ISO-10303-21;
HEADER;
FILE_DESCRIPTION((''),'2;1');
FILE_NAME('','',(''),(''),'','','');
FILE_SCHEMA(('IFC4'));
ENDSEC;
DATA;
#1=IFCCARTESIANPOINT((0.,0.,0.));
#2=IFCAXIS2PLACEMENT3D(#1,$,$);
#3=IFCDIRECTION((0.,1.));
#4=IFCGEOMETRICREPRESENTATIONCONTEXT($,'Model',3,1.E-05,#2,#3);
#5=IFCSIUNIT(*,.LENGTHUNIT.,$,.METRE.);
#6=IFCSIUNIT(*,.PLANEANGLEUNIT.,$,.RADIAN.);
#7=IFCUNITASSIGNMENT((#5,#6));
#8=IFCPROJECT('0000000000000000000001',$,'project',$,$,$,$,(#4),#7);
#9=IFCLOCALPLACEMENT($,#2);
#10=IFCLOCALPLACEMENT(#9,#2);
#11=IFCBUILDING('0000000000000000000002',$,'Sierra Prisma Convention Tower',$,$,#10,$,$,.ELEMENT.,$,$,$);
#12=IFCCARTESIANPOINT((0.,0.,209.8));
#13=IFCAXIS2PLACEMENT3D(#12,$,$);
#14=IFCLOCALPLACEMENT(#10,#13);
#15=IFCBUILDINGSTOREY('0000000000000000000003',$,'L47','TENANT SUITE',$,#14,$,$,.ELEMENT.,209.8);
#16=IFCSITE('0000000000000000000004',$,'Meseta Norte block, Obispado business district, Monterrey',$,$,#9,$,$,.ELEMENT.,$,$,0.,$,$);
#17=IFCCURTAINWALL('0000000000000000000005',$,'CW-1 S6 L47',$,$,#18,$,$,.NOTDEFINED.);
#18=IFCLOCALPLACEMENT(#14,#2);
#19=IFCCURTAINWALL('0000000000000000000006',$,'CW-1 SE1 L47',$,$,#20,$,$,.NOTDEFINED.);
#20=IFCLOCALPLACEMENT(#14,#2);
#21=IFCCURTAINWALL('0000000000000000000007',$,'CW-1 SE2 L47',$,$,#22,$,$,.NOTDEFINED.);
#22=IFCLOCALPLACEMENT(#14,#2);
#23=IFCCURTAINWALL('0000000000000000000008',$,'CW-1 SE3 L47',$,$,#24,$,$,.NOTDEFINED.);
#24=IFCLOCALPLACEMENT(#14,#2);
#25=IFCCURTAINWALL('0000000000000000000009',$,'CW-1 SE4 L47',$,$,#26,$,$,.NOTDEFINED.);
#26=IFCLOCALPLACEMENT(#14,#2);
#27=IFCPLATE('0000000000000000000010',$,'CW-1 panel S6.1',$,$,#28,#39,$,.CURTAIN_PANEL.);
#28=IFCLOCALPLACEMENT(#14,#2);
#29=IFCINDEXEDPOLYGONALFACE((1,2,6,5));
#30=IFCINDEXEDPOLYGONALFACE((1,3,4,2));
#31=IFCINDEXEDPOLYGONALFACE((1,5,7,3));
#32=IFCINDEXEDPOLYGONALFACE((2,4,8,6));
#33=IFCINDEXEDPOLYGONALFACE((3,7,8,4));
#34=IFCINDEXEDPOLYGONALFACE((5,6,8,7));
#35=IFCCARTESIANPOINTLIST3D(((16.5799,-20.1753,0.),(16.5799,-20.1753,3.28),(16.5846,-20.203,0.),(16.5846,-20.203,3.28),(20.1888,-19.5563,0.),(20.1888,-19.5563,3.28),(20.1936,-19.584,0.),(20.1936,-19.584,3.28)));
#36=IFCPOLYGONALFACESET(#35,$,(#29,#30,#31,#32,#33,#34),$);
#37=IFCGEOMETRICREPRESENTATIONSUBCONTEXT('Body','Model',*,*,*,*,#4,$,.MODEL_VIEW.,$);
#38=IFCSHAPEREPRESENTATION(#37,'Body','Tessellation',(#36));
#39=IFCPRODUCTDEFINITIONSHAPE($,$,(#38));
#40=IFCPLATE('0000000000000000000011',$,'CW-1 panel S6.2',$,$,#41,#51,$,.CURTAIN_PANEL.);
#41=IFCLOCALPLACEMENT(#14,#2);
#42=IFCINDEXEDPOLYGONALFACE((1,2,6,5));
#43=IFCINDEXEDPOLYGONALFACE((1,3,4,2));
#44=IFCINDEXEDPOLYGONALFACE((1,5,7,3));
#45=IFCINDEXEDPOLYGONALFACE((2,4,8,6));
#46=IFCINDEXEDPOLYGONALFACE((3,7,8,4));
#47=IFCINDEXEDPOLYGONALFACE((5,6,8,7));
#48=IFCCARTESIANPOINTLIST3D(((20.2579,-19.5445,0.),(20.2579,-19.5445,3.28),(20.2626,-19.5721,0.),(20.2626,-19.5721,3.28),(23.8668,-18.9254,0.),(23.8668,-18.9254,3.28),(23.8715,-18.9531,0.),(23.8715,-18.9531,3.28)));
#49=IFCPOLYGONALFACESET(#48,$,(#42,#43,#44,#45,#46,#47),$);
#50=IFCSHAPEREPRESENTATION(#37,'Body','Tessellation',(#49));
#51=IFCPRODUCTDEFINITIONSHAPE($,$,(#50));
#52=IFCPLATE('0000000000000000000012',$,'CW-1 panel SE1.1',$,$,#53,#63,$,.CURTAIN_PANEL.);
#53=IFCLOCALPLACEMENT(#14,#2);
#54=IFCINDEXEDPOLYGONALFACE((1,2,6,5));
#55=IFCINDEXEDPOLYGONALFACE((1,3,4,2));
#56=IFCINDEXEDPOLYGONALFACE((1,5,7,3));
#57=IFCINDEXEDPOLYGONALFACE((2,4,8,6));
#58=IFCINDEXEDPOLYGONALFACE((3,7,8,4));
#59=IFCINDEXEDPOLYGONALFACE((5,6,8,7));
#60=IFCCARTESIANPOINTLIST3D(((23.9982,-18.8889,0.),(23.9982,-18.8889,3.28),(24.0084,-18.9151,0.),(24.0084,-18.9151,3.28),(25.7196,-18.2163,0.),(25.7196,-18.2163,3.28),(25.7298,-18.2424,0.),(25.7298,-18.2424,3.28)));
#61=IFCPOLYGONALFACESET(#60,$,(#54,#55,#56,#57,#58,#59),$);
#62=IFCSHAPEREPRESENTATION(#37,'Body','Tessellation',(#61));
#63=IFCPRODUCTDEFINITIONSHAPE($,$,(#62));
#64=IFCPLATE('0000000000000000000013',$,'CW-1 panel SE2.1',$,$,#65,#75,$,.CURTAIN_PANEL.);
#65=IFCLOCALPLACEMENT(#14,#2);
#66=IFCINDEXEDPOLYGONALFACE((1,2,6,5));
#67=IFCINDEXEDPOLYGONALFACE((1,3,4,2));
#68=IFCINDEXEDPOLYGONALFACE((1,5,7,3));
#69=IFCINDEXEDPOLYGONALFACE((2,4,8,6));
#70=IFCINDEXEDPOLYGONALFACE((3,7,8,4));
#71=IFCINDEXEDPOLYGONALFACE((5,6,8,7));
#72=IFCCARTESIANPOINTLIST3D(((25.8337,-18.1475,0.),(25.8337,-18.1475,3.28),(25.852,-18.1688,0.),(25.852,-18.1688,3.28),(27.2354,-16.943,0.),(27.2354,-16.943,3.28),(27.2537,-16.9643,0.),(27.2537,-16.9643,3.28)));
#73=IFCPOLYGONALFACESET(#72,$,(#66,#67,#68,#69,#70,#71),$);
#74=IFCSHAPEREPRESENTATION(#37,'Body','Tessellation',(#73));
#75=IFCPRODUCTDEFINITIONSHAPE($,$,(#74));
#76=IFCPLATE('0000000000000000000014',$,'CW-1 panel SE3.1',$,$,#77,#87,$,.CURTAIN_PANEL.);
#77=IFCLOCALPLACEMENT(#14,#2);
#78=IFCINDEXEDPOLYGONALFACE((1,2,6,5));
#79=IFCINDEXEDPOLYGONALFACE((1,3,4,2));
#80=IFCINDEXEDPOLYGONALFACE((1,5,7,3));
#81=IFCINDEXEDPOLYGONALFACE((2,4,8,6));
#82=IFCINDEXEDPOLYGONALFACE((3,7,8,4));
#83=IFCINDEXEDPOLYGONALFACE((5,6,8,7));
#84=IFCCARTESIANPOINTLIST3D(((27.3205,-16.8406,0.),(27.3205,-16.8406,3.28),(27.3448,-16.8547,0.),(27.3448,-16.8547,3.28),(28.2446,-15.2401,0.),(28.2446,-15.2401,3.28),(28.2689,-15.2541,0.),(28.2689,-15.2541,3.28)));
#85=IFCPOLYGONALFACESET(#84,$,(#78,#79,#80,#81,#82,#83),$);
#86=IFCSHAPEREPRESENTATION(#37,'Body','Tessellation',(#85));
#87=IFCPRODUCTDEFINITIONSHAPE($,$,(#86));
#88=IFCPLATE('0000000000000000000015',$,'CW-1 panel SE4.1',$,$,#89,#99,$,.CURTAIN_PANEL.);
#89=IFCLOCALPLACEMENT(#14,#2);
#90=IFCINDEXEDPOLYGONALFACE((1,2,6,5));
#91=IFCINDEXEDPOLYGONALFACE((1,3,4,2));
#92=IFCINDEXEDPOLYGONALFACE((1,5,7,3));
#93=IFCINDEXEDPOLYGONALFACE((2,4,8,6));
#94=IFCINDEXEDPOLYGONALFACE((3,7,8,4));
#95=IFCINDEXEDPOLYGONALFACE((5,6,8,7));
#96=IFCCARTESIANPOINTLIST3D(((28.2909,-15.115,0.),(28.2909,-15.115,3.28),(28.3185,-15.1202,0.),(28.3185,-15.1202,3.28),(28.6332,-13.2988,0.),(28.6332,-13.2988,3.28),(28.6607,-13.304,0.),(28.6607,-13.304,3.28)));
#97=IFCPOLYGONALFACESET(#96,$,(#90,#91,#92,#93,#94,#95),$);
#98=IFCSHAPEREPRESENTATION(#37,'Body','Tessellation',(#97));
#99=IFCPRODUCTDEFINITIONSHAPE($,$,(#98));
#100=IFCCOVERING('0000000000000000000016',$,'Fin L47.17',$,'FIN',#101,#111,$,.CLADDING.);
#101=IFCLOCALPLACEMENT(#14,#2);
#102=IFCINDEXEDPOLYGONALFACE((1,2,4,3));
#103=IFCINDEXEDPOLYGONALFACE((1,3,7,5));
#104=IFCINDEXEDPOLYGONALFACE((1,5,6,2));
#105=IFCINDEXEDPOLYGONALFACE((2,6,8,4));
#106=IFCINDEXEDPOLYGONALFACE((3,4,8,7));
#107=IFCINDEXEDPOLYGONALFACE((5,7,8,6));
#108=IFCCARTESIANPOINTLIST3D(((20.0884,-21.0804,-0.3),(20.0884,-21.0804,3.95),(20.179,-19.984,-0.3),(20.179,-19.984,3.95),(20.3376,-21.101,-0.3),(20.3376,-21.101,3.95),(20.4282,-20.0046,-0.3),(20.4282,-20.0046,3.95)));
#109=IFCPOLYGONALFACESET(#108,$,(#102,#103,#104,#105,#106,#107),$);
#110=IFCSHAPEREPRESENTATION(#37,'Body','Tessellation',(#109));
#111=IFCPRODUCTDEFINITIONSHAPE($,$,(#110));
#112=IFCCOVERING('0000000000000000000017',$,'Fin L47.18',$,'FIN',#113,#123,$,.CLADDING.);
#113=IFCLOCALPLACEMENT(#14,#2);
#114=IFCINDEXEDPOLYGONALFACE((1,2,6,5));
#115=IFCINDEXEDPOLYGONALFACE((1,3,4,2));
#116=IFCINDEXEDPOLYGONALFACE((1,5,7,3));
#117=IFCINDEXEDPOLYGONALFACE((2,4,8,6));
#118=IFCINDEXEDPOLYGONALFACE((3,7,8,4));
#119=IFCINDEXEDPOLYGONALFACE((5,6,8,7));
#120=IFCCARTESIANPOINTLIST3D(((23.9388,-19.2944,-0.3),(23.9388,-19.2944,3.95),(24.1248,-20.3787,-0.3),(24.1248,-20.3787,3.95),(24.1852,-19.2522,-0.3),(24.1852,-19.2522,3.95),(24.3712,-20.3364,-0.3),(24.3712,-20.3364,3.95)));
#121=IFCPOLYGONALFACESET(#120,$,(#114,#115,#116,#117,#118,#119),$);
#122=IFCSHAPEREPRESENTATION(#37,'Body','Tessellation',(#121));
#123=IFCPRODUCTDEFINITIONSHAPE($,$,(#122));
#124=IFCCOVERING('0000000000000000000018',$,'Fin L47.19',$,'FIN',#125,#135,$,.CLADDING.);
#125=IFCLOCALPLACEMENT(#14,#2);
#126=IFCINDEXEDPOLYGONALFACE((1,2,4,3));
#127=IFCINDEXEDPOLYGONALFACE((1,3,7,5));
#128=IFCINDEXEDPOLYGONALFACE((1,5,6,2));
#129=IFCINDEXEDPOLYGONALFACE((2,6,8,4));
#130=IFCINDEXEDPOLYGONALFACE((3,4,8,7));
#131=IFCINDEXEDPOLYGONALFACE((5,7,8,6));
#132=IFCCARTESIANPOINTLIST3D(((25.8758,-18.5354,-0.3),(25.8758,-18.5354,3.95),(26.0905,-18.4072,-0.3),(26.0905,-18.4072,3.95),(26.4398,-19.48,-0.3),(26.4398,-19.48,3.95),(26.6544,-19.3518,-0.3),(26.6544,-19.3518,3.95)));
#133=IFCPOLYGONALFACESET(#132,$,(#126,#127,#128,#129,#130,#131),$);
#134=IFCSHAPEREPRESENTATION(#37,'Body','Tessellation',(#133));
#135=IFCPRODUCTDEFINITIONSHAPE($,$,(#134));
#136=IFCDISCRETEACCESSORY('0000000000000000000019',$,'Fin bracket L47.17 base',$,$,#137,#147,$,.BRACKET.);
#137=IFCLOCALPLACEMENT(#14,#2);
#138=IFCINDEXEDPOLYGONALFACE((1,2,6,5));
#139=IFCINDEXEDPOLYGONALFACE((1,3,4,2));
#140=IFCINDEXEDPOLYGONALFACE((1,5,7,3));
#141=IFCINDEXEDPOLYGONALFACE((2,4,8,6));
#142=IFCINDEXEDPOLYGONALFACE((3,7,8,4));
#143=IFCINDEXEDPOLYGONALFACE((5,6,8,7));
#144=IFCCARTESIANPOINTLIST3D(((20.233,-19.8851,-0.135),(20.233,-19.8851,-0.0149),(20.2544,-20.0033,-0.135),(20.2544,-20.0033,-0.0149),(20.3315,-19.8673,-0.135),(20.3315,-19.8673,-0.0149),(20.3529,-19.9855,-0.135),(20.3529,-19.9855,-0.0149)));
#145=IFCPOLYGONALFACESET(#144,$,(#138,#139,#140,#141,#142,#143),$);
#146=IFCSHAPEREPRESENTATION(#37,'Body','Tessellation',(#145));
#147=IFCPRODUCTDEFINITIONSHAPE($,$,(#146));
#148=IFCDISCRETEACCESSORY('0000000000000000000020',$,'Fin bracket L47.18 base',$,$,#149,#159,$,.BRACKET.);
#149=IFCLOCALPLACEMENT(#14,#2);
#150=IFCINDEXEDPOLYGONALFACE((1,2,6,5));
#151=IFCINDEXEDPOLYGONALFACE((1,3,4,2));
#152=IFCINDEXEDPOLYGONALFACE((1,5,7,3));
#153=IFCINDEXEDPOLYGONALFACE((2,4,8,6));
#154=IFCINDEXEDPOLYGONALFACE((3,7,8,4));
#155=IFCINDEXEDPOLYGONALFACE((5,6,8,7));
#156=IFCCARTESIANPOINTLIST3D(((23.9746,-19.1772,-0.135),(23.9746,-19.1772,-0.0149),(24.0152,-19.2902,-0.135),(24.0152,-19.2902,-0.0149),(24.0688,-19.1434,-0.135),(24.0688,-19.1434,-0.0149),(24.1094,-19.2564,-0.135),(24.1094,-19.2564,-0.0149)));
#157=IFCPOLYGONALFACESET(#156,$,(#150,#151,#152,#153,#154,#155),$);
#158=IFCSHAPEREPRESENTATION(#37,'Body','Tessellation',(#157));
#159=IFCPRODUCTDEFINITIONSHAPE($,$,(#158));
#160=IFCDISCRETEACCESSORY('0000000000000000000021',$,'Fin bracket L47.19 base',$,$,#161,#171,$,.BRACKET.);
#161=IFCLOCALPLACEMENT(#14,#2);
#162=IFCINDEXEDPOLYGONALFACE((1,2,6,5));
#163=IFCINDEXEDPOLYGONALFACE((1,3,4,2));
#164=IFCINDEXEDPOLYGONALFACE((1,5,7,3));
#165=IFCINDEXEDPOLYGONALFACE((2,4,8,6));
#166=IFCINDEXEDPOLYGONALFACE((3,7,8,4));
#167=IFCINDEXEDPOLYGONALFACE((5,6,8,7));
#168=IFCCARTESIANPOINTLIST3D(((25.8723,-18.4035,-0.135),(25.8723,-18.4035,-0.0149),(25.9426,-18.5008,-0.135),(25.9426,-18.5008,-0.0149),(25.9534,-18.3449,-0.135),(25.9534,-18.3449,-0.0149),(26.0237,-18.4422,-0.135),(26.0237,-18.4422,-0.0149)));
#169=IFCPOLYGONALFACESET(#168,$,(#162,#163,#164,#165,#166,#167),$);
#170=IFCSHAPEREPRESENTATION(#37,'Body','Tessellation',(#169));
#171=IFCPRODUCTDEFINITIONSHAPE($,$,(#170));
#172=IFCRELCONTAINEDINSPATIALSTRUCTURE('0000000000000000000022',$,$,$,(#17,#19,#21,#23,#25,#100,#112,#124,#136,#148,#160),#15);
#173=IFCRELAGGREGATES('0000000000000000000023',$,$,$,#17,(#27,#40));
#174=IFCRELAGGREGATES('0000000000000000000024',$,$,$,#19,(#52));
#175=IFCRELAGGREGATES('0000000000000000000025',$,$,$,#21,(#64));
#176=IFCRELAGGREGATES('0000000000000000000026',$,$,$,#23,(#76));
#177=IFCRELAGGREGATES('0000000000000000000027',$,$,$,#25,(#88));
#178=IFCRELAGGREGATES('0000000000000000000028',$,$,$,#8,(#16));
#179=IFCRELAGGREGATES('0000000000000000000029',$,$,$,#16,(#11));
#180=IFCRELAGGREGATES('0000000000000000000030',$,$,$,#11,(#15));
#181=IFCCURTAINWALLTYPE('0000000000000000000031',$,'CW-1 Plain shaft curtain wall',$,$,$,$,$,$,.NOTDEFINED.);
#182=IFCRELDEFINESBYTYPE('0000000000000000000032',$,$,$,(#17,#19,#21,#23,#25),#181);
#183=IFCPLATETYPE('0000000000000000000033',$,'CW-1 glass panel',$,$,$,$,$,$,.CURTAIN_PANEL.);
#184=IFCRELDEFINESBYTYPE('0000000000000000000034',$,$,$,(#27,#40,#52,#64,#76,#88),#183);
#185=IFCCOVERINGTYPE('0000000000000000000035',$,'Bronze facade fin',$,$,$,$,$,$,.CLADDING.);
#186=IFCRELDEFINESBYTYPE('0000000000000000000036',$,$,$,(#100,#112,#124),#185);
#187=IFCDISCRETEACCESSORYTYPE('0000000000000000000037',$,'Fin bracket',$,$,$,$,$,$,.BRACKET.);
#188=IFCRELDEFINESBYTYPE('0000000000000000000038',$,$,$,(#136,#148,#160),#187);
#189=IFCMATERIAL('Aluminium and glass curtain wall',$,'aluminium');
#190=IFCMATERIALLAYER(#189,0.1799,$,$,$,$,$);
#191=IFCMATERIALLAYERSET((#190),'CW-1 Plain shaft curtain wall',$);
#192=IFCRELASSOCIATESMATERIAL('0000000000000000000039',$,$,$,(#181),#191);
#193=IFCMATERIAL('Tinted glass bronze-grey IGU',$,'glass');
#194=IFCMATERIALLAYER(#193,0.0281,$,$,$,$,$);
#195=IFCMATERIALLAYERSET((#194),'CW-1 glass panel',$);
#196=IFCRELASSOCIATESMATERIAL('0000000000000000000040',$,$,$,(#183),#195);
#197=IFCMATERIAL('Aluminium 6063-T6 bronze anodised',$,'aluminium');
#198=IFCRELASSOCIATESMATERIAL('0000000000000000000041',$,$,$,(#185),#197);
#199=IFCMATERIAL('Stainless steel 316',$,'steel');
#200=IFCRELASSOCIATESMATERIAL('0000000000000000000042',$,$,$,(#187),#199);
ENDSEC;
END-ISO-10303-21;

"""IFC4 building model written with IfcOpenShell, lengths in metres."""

from ifc_helpers import new_model, si_unit, direction, frame, origin, origin_2d, place, context, subcontext, project, spatial, rectangle, extrude, material, layer, layer_set, material_profile, profile_set, type_object, element, aggregate, save


model = new_model("IFC4")

# Units and contexts
model_context = context("Model", 3, precision=1e-05, world=origin(), true_north=direction((0.0, 1.0)))
body_context = subcontext(model_context, "Body", "Model", "MODEL_VIEW")
ifc_project = project(units=[si_unit("LENGTHUNIT", "METRE"), si_unit("PLANEANGLEUNIT", "RADIAN")], contexts=[model_context])

# Site, building, storey
site_placement = place(None, origin())
site = spatial("IfcSite", under=ifc_project, at=site_placement, Name="Meseta Norte block, Obispado business district, Monterrey", CompositionType="ELEMENT", RefElevation=0.0)
building_placement = place(site_placement, origin())
building = spatial("IfcBuilding", under=site, at=building_placement, Name="Sierra Prisma Convention Tower", CompositionType="ELEMENT")
storey_placement = place(building_placement, frame((0.0, 0.0, 209.8)))
storey = spatial("IfcBuildingStorey", under=building, at=storey_placement, Name="L47", Description="TENANT SUITE", CompositionType="ELEMENT", Elevation=209.8)

# Curtain walls
ifc_material_1 = material(Name="Aluminium and glass curtain wall", Category="aluminium")
ifc_layer_1 = layer(ifc_material_1, 0.1799)
ifc_layer_set_1 = layer_set([ifc_layer_1], Name="CW-1 Plain shaft curtain wall")
curtain_wall_type = type_object("IfcCurtainWallType", Name="CW-1 Plain shaft curtain wall", PredefinedType="NOTDEFINED", material=ifc_layer_set_1)
curtain_wall_1_placement = place(storey_placement, origin())
curtain_wall_1 = element("IfcCurtainWall", 1, at=curtain_wall_1_placement, inside=storey, type_object=curtain_wall_type, Name="CW-1 S6 L47", PredefinedType="NOTDEFINED")
curtain_wall_2_placement = place(storey_placement, origin())
curtain_wall_2 = element("IfcCurtainWall", 2, at=curtain_wall_2_placement, inside=storey, type_object=curtain_wall_type, Name="CW-1 SE1 L47", PredefinedType="NOTDEFINED")
curtain_wall_3_placement = place(storey_placement, origin())
curtain_wall_3 = element("IfcCurtainWall", 3, at=curtain_wall_3_placement, inside=storey, type_object=curtain_wall_type, Name="CW-1 SE2 L47", PredefinedType="NOTDEFINED")
curtain_wall_4_placement = place(storey_placement, origin())
curtain_wall_4 = element("IfcCurtainWall", 4, at=curtain_wall_4_placement, inside=storey, type_object=curtain_wall_type, Name="CW-1 SE3 L47", PredefinedType="NOTDEFINED")
curtain_wall_5_placement = place(storey_placement, origin())
curtain_wall_5 = element("IfcCurtainWall", 5, at=curtain_wall_5_placement, inside=storey, type_object=curtain_wall_type, Name="CW-1 SE4 L47", PredefinedType="NOTDEFINED")

# Plates
ifc_material_2 = material(Name="Tinted glass bronze-grey IGU", Category="glass")
ifc_layer_2 = layer(ifc_material_2, 0.0281)
ifc_layer_set_2 = layer_set([ifc_layer_2], Name="CW-1 glass panel")
plate_type = type_object("IfcPlateType", Name="CW-1 glass panel", PredefinedType="CURTAIN_PANEL", material=ifc_layer_set_2)
plate_1_placement = place(storey_placement, frame((18.3867, -19.8796, 0.0), z_axis=(0.0, 0.0, 1.0), x_axis=(0.985607, 0.169055, 0.0)))
plate_1 = element("IfcPlate", 6, at=plate_1_placement, type_object=plate_type, Name="CW-1 panel S6.1", PredefinedType="CURTAIN_PANEL", context=body_context, shape_type="SweptSolid", body=[
    extrude(rectangle(XDim=3.6616, YDim=0.0281, at=origin_2d()), origin(), (0.0, 0.0, 1.0), 3.28),
])
plate_2_placement = place(storey_placement, frame((22.0647, -19.2488, 0.0), z_axis=(0.0, 0.0, 1.0), x_axis=(0.985607, 0.169055, 0.0)))
plate_2 = element("IfcPlate", 7, at=plate_2_placement, type_object=plate_type, Name="CW-1 panel S6.2", PredefinedType="CURTAIN_PANEL", context=body_context, shape_type="SweptSolid", body=[
    extrude(rectangle(XDim=3.6616, YDim=0.0281, at=origin_2d()), origin(), (0.0, 0.0, 1.0), 3.28),
])
aggregate(curtain_wall_1, [plate_1, plate_2])
plate_3_placement = place(storey_placement, frame((24.864, -18.5657, 0.0), z_axis=(0.0, 0.0, 1.0), x_axis=(0.931415, 0.36396, 0.0)))
plate_3 = element("IfcPlate", 8, at=plate_3_placement, type_object=plate_type, Name="CW-1 panel SE1.1", PredefinedType="CURTAIN_PANEL", context=body_context, shape_type="SweptSolid", body=[
    extrude(rectangle(XDim=1.8481, YDim=0.0281, at=origin_2d()), origin(), (0.0, 0.0, 1.0), 3.28),
])
aggregate(curtain_wall_2, [plate_3])
plate_4_placement = place(storey_placement, frame((26.5437, -17.5559, 0.0), z_axis=(0.0, 0.0, 1.0), x_axis=(0.758455, 0.651725, 0.0)))
plate_4 = element("IfcPlate", 9, at=plate_4_placement, type_object=plate_type, Name="CW-1 panel SE2.1", PredefinedType="CURTAIN_PANEL", context=body_context, shape_type="SweptSolid", body=[
    extrude(rectangle(XDim=1.8481, YDim=0.0281, at=origin_2d()), origin(), (0.0, 0.0, 1.0), 3.28),
])
aggregate(curtain_wall_3, [plate_4])
plate_5_placement = place(storey_placement, frame((27.7947, -16.0474, 0.0), z_axis=(0.0, 0.0, 1.0), x_axis=(0.5, 0.866025, 0.0)))
plate_5 = element("IfcPlate", 10, at=plate_5_placement, type_object=plate_type, Name="CW-1 panel SE3.1", PredefinedType="CURTAIN_PANEL", context=body_context, shape_type="SweptSolid", body=[
    extrude(rectangle(XDim=1.8481, YDim=0.0281, at=origin_2d()), origin(), (0.0, 0.0, 1.0), 3.28),
])
aggregate(curtain_wall_4, [plate_5])
plate_6_placement = place(storey_placement, frame((28.4758, -14.2095, 0.0), z_axis=(0.0, 0.0, 1.0), x_axis=(0.185183, 0.982704, 0.0)))
plate_6 = element("IfcPlate", 11, at=plate_6_placement, type_object=plate_type, Name="CW-1 panel SE4.1", PredefinedType="CURTAIN_PANEL", context=body_context, shape_type="SweptSolid", body=[
    extrude(rectangle(XDim=1.8481, YDim=0.0281, at=origin_2d()), origin(), (0.0, 0.0, 1.0), 3.28),
])
aggregate(curtain_wall_5, [plate_6])

# Coverings
ifc_material_3 = material(Name="Aluminium 6063-T6 bronze anodised", Category="aluminium")
ifc_material_profile_1 = material_profile(ifc_material_3, rectangle(XDim=1.1001, YDim=0.25, at=origin_2d()), Name="ALU FIN 1100x250")
ifc_profile_set_1 = profile_set([ifc_material_profile_1], Name="Aluminium 6063-T6 bronze anodised")
covering_type = type_object("IfcCoveringType", Name="Bronze facade fin", PredefinedType="CLADDING", material=ifc_profile_set_1)
for number, where, z_axis, x_axis, name in (
    (12, (20.2583, -20.5425, -0.3), (0.0, 0.0, 1.0), (-0.082322, -0.996606, 0.0), "Fin L47.17"),
    (13, (24.155, -19.8154, -0.3), (0.0, 0.0, 1.0), (0.169055, -0.985607, 0.0), "Fin L47.18"),
    (14, (26.2651, -18.9436, -0.3), (0.0, 0.0, 1.0), (0.512639, -0.858605, 0.0), "Fin L47.19"),
):
    element("IfcCovering", number, at=place(storey_placement, frame(where, z_axis=z_axis, x_axis=x_axis)), inside=storey, type_object=covering_type, Name=name, ObjectType="FIN", PredefinedType="CLADDING", context=body_context, shape_type="SweptSolid", body=[
        extrude(rectangle(XDim=1.1001, YDim=0.25, at=origin_2d()), origin(), (0.0, 0.0, 1.0), 4.25),
    ])

# Discrete accessories
ifc_material_4 = material(Name="Stainless steel 316", Category="steel")
discrete_accessory_type = type_object("IfcDiscreteAccessoryType", Name="Fin bracket", PredefinedType="BRACKET", material=ifc_material_4)
for number, where, z_axis, x_axis, name in (
    (15, (20.293, -19.9353, -0.135), (0.0, 0.0, 1.0), (0.178423, -0.983954, 0.0), "Fin bracket L47.17 base"),
    (16, (24.042, -19.2168, -0.135), (0.0, 0.0, 1.0), (0.337636, -0.941277, 0.0), "Fin bracket L47.18 base"),
    (17, (25.948, -18.4229, -0.135), (0.0, 0.0, 1.0), (0.58552, -0.810658, 0.0), "Fin bracket L47.19 base"),
):
    element("IfcDiscreteAccessory", number, at=place(storey_placement, frame(where, z_axis=z_axis, x_axis=x_axis)), inside=storey, type_object=discrete_accessory_type, Name=name, PredefinedType="BRACKET", context=body_context, shape_type="SweptSolid", body=[
        extrude(rectangle(XDim=0.1201, YDim=0.1001, at=origin_2d()), origin(), (0.0, 0.0, 1.0), 0.1201),
    ])

save(model, "model.ifc")
